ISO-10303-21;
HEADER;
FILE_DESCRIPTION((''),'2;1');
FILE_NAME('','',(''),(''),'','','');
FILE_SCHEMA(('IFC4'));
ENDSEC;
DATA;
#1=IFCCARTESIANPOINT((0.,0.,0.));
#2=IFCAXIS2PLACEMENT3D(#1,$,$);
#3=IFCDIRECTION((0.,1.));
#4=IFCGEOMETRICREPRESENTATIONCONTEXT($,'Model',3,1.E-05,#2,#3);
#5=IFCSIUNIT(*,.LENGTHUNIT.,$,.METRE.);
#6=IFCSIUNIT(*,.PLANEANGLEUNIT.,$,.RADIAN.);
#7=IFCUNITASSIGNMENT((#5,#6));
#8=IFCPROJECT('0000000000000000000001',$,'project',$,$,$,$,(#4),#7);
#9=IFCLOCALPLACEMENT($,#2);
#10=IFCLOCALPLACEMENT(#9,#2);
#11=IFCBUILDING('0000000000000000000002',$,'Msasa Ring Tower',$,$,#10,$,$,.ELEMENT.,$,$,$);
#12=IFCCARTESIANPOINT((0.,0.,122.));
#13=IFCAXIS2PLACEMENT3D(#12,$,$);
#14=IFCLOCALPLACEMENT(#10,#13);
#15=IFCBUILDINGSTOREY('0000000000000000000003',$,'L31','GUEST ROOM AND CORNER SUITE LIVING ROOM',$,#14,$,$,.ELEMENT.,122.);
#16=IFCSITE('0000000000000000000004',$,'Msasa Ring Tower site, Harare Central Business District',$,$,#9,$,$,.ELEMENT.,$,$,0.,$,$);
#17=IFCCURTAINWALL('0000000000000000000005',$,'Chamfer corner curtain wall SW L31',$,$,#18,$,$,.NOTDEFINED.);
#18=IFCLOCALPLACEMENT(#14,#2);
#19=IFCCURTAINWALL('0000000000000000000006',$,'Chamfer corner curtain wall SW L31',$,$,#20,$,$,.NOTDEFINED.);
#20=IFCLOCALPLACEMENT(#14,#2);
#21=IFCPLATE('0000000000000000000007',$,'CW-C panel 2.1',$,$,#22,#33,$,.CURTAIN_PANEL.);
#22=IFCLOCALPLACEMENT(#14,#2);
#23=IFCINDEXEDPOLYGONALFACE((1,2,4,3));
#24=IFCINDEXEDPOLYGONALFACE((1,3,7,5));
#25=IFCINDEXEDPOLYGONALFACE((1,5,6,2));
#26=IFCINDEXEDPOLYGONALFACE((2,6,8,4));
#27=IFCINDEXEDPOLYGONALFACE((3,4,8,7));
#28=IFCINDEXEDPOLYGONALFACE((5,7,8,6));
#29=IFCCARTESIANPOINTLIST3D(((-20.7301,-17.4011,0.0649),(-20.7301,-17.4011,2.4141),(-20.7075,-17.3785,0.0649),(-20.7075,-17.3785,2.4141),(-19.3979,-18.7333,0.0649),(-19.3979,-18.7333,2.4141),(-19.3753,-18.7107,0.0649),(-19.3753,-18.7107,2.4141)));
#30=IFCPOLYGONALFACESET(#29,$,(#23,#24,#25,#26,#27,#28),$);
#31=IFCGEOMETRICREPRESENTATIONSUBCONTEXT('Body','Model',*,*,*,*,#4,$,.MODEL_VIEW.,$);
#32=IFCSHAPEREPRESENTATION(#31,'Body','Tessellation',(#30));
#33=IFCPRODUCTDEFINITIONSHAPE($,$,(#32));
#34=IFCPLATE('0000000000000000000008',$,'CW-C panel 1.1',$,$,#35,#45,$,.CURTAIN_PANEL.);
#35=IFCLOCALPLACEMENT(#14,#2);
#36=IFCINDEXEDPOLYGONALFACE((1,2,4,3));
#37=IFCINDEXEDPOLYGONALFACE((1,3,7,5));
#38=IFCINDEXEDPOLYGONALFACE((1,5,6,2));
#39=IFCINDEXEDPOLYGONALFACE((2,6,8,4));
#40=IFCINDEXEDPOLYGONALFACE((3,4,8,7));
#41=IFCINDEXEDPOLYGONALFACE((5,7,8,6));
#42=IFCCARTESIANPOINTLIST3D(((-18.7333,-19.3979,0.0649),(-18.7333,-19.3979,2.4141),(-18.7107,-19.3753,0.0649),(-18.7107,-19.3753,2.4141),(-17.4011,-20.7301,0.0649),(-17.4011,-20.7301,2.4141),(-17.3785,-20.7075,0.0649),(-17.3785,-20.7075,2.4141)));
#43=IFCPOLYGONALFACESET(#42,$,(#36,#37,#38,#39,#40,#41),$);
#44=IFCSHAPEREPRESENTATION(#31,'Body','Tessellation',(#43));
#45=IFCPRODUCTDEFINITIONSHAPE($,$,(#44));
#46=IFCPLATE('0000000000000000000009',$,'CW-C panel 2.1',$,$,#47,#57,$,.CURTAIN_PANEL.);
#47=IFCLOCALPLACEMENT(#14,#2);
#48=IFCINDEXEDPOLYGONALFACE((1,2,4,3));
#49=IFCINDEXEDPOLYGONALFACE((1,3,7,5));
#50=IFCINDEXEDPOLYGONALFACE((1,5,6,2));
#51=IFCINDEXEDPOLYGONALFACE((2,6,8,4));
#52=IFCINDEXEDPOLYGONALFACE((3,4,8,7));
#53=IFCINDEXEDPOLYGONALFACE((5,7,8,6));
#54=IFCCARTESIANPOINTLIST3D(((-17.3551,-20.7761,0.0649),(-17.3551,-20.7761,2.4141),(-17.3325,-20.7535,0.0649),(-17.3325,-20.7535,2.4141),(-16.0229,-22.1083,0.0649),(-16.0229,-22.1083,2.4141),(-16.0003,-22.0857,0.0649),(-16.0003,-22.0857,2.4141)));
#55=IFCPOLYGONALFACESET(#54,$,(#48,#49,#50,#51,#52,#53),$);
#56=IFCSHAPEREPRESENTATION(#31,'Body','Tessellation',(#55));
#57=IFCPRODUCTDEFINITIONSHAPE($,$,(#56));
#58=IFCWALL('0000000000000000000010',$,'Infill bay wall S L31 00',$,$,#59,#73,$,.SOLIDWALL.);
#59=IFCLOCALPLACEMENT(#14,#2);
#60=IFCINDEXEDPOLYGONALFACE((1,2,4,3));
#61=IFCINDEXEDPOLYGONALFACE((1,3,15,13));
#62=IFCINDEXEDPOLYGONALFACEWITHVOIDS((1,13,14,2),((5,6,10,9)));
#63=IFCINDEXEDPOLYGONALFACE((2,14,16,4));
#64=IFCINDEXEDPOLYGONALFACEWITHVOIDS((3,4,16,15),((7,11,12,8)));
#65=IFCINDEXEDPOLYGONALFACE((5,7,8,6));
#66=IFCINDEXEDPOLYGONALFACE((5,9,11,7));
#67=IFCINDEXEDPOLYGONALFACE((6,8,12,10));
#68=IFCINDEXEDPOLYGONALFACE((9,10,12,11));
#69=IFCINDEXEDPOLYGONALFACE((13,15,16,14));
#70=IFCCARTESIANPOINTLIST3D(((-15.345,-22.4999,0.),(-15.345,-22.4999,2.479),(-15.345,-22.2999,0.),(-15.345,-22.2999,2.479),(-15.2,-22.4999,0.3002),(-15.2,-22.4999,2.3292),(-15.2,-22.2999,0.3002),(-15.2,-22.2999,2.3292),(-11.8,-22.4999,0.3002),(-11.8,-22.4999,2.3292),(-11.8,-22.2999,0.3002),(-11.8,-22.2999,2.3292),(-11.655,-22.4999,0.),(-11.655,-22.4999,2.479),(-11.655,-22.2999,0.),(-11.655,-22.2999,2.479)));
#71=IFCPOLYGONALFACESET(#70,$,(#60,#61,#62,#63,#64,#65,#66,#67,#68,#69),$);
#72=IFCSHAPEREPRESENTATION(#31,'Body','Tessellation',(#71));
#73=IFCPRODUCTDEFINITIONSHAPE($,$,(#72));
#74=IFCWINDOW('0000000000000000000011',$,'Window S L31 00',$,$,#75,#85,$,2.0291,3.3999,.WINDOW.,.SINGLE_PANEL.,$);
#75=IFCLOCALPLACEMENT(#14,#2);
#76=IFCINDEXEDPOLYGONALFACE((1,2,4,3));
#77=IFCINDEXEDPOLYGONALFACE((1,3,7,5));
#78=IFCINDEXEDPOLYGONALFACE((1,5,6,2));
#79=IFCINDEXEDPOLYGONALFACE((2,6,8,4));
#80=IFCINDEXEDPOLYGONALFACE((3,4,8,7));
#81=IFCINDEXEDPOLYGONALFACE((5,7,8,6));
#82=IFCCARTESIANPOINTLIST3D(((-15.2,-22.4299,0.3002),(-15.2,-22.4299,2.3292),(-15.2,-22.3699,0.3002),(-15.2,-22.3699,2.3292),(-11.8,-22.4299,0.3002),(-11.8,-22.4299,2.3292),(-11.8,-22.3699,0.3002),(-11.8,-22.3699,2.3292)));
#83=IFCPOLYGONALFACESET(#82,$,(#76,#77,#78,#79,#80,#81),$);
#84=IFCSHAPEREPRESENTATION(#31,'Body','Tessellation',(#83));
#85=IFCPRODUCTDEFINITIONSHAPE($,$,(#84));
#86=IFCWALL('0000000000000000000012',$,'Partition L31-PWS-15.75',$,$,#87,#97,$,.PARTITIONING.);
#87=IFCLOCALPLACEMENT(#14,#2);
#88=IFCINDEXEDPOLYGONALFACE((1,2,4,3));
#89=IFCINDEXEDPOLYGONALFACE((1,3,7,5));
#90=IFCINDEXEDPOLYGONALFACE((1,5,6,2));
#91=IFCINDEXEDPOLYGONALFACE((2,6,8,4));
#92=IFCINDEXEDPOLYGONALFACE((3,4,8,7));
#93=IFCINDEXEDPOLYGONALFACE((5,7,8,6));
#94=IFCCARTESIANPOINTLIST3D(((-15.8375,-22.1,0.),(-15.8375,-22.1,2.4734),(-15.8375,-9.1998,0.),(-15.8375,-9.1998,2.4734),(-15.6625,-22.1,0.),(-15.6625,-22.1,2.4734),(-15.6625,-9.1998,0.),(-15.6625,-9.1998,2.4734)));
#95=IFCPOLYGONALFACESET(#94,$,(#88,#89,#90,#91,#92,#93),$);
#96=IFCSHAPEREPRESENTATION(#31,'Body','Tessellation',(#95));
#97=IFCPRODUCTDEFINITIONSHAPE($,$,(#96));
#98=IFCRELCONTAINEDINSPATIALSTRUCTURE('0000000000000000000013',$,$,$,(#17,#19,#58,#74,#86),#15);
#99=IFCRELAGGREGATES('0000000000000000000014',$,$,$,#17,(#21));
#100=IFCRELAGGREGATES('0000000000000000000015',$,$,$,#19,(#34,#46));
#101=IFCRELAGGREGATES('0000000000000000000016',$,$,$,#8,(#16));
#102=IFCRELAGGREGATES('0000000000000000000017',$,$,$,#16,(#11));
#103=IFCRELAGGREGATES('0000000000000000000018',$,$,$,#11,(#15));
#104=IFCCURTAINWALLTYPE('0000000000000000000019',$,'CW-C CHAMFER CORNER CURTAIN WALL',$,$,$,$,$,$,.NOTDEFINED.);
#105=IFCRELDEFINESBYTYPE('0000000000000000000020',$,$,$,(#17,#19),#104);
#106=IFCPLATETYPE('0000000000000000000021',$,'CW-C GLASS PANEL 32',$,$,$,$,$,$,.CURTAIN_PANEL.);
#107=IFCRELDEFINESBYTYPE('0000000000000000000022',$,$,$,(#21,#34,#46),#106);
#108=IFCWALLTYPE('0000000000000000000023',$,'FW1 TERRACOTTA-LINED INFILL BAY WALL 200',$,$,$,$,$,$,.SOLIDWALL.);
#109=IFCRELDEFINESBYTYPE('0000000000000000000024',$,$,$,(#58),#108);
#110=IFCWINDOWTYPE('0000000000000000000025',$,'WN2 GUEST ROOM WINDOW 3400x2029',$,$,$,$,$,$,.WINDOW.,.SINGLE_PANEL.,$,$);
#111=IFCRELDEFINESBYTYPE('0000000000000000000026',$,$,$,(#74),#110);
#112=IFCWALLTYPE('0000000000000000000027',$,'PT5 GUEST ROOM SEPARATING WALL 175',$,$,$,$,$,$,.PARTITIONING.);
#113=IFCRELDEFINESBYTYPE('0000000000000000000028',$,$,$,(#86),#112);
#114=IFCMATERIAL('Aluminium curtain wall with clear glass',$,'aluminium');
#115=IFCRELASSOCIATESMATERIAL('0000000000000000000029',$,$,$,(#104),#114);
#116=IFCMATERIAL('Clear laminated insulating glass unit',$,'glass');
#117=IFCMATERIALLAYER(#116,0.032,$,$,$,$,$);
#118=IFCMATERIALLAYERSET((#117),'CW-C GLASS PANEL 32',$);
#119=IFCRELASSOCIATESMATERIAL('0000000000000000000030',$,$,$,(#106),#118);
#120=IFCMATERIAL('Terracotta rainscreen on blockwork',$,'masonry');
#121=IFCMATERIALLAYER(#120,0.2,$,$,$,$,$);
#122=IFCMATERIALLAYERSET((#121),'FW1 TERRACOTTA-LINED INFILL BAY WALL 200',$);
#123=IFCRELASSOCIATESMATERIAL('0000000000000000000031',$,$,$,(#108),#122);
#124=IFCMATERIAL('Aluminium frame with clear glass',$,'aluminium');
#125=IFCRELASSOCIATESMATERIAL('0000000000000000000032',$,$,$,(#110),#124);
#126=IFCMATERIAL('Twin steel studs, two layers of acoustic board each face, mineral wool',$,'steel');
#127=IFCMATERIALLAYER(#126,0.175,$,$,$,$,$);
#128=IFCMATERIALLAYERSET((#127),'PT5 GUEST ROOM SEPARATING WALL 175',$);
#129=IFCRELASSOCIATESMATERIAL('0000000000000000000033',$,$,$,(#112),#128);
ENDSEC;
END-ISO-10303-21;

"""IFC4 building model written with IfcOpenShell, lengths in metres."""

from ifc_helpers import new_model, si_unit, direction, frame, frame_2d, origin, origin_2d, place, context, subcontext, project, spatial, rectangle, extrude, material, layer, layer_set, type_object, element, fill, aggregate, save


model = new_model("IFC4")

# Units and contexts
model_context = context("Model", 3, precision=1e-05, world=origin(), true_north=direction((0.0, 1.0)))
body_context = subcontext(model_context, "Body", "Model", "MODEL_VIEW")
ifc_project = project(units=[si_unit("LENGTHUNIT", "METRE"), si_unit("PLANEANGLEUNIT", "RADIAN")], contexts=[model_context])

# Site, building, storey
site_placement = place(None, origin())
site = spatial("IfcSite", under=ifc_project, at=site_placement, Name="Msasa Ring Tower site, Harare Central Business District", CompositionType="ELEMENT", RefElevation=0.0)
building_placement = place(site_placement, origin())
building = spatial("IfcBuilding", under=site, at=building_placement, Name="Msasa Ring Tower", CompositionType="ELEMENT")
storey_placement = place(building_placement, frame((0.0, 0.0, 122.0)))
storey = spatial("IfcBuildingStorey", under=building, at=storey_placement, Name="L31", Description="GUEST ROOM AND CORNER SUITE LIVING ROOM", CompositionType="ELEMENT", Elevation=122.0)

# Curtain walls
ifc_material_1 = material(Name="Aluminium curtain wall with clear glass", Category="aluminium")
curtain_wall_type = type_object("IfcCurtainWallType", Name="CW-C CHAMFER CORNER CURTAIN WALL", PredefinedType="NOTDEFINED", material=ifc_material_1)
curtain_wall_1_placement = place(storey_placement, origin())
curtain_wall_1 = element("IfcCurtainWall", 1, at=curtain_wall_1_placement, inside=storey, type_object=curtain_wall_type, Name="Chamfer corner curtain wall SW L31", PredefinedType="NOTDEFINED")
curtain_wall_2_placement = place(storey_placement, origin())
curtain_wall_2 = element("IfcCurtainWall", 2, at=curtain_wall_2_placement, inside=storey, type_object=curtain_wall_type, Name="Chamfer corner curtain wall SW L31", PredefinedType="NOTDEFINED")

# Plates
ifc_material_2 = material(Name="Clear laminated insulating glass unit", Category="glass")
ifc_layer_1 = layer(ifc_material_2, 0.032)
ifc_layer_set_1 = layer_set([ifc_layer_1], Name="CW-C GLASS PANEL 32")
plate_type = type_object("IfcPlateType", Name="CW-C GLASS PANEL 32", PredefinedType="CURTAIN_PANEL", material=ifc_layer_set_1)
plate_1_placement = place(storey_placement, frame((-20.0527, -18.0559, 0.0649), z_axis=(0.0, 0.0, 1.0), x_axis=(0.707107, -0.707107, 0.0)))
plate_1 = element("IfcPlate", 3, at=plate_1_placement, type_object=plate_type, Name="CW-C panel 2.1", PredefinedType="CURTAIN_PANEL", context=body_context, shape_type="SweptSolid", body=[
    extrude(rectangle(XDim=1.884, YDim=0.032, at=origin_2d()), origin(), (0.0, 0.0, 1.0), 2.3491),
])
aggregate(curtain_wall_1, [plate_1])
plate_2_placement = place(storey_placement, frame((-18.0559, -20.0527, 0.0649), z_axis=(0.0, 0.0, 1.0), x_axis=(0.707107, -0.707107, 0.0)))
plate_2 = element("IfcPlate", 4, at=plate_2_placement, type_object=plate_type, Name="CW-C panel 1.1", PredefinedType="CURTAIN_PANEL", context=body_context, shape_type="SweptSolid", body=[
    extrude(rectangle(XDim=1.884, YDim=0.032, at=origin_2d()), origin(), (0.0, 0.0, 1.0), 2.3491),
])
plate_3_placement = place(storey_placement, frame((-16.6777, -21.4309, 0.0649), z_axis=(0.0, 0.0, 1.0), x_axis=(0.707107, -0.707107, 0.0)))
plate_3 = element("IfcPlate", 5, at=plate_3_placement, type_object=plate_type, Name="CW-C panel 2.1", PredefinedType="CURTAIN_PANEL", context=body_context, shape_type="SweptSolid", body=[
    extrude(rectangle(XDim=1.884, YDim=0.032, at=origin_2d()), origin(), (0.0, 0.0, 1.0), 2.3491),
])
aggregate(curtain_wall_2, [plate_2, plate_3])

# Wall, opening, window
ifc_material_3 = material(Name="Terracotta rainscreen on blockwork", Category="masonry")
ifc_layer_2 = layer(ifc_material_3, 0.2)
ifc_layer_set_2 = layer_set([ifc_layer_2], Name="FW1 TERRACOTTA-LINED INFILL BAY WALL 200")
wall_type_1 = type_object("IfcWallType", Name="FW1 TERRACOTTA-LINED INFILL BAY WALL 200", PredefinedType="SOLIDWALL", material=ifc_layer_set_2)
wall_1_placement = place(storey_placement, frame((-15.345, -22.3999, 0.0), z_axis=(0.0, 0.0, 1.0), x_axis=(1.0, 0.0, 0.0)))
wall_1 = element("IfcWall", 6, at=wall_1_placement, inside=storey, type_object=wall_type_1, Name="Infill bay wall S L31 00", PredefinedType="SOLIDWALL", context=body_context, shape_type="SweptSolid", body=[
    extrude(rectangle(XDim=3.6899, YDim=0.2, at=frame_2d((1.845, 0.0))), origin(), (0.0, 0.0, 1.0), 2.479),
])
opening_placement = place(wall_1_placement, frame((0.145, 0.0, 0.3)))
opening = element("IfcOpeningElement", 7, at=opening_placement, cuts=wall_1, PredefinedType="OPENING", context=body_context, shape_type="SweptSolid", body=[
    extrude(rectangle(XDim=3.3999, YDim=2.0291, at=frame_2d((1.7, 1.0146))), frame((0.0, 0.1099, 0.0), z_axis=(0.0, -1.0, 0.0), x_axis=(1.0, 0.0, 0.0)), (0.0, 0.0, 1.0), 0.22),
])
ifc_material_4 = material(Name="Aluminium frame with clear glass", Category="aluminium")
window_type = type_object("IfcWindowType", Name="WN2 GUEST ROOM WINDOW 3400x2029", PartitioningType="SINGLE_PANEL", PredefinedType="WINDOW", material=ifc_material_4)
window_placement = place(opening_placement, origin())
window = element("IfcWindow", 8, at=window_placement, inside=storey, type_object=window_type, Name="Window S L31 00", OverallHeight=2.0291, OverallWidth=3.3999, PartitioningType="SINGLE_PANEL", PredefinedType="WINDOW", context=body_context, shape_type="SweptSolid", body=[
    extrude(rectangle(XDim=3.3999, YDim=2.0291, at=frame_2d((1.7, 1.0146))), frame((0.0, 0.03, 0.0), z_axis=(0.0, -1.0, 0.0), x_axis=(1.0, 0.0, 0.0)), (0.0, 0.0, 1.0), 0.0601),
])
fill(opening, window)

# Wall
ifc_material_5 = material(Name="Twin steel studs, two layers of acoustic board each face, mineral wool", Category="steel")
ifc_layer_3 = layer(ifc_material_5, 0.175)
ifc_layer_set_3 = layer_set([ifc_layer_3], Name="PT5 GUEST ROOM SEPARATING WALL 175")
wall_type_2 = type_object("IfcWallType", Name="PT5 GUEST ROOM SEPARATING WALL 175", PredefinedType="PARTITIONING", material=ifc_layer_set_3)
wall_2_placement = place(storey_placement, frame((-15.75, -22.1001, 0.0), z_axis=(0.0, 0.0, 1.0), x_axis=(0.0, 1.0, 0.0)))
element("IfcWall", 9, at=wall_2_placement, inside=storey, type_object=wall_type_2, Name="Partition L31-PWS-15.75", PredefinedType="PARTITIONING", context=body_context, shape_type="SweptSolid", body=[
    extrude(rectangle(XDim=12.9001, YDim=0.175, at=frame_2d((6.4502, 0.0))), origin(), (0.0, 0.0, 1.0), 2.4734),
])

save(model, "model.ifc")
